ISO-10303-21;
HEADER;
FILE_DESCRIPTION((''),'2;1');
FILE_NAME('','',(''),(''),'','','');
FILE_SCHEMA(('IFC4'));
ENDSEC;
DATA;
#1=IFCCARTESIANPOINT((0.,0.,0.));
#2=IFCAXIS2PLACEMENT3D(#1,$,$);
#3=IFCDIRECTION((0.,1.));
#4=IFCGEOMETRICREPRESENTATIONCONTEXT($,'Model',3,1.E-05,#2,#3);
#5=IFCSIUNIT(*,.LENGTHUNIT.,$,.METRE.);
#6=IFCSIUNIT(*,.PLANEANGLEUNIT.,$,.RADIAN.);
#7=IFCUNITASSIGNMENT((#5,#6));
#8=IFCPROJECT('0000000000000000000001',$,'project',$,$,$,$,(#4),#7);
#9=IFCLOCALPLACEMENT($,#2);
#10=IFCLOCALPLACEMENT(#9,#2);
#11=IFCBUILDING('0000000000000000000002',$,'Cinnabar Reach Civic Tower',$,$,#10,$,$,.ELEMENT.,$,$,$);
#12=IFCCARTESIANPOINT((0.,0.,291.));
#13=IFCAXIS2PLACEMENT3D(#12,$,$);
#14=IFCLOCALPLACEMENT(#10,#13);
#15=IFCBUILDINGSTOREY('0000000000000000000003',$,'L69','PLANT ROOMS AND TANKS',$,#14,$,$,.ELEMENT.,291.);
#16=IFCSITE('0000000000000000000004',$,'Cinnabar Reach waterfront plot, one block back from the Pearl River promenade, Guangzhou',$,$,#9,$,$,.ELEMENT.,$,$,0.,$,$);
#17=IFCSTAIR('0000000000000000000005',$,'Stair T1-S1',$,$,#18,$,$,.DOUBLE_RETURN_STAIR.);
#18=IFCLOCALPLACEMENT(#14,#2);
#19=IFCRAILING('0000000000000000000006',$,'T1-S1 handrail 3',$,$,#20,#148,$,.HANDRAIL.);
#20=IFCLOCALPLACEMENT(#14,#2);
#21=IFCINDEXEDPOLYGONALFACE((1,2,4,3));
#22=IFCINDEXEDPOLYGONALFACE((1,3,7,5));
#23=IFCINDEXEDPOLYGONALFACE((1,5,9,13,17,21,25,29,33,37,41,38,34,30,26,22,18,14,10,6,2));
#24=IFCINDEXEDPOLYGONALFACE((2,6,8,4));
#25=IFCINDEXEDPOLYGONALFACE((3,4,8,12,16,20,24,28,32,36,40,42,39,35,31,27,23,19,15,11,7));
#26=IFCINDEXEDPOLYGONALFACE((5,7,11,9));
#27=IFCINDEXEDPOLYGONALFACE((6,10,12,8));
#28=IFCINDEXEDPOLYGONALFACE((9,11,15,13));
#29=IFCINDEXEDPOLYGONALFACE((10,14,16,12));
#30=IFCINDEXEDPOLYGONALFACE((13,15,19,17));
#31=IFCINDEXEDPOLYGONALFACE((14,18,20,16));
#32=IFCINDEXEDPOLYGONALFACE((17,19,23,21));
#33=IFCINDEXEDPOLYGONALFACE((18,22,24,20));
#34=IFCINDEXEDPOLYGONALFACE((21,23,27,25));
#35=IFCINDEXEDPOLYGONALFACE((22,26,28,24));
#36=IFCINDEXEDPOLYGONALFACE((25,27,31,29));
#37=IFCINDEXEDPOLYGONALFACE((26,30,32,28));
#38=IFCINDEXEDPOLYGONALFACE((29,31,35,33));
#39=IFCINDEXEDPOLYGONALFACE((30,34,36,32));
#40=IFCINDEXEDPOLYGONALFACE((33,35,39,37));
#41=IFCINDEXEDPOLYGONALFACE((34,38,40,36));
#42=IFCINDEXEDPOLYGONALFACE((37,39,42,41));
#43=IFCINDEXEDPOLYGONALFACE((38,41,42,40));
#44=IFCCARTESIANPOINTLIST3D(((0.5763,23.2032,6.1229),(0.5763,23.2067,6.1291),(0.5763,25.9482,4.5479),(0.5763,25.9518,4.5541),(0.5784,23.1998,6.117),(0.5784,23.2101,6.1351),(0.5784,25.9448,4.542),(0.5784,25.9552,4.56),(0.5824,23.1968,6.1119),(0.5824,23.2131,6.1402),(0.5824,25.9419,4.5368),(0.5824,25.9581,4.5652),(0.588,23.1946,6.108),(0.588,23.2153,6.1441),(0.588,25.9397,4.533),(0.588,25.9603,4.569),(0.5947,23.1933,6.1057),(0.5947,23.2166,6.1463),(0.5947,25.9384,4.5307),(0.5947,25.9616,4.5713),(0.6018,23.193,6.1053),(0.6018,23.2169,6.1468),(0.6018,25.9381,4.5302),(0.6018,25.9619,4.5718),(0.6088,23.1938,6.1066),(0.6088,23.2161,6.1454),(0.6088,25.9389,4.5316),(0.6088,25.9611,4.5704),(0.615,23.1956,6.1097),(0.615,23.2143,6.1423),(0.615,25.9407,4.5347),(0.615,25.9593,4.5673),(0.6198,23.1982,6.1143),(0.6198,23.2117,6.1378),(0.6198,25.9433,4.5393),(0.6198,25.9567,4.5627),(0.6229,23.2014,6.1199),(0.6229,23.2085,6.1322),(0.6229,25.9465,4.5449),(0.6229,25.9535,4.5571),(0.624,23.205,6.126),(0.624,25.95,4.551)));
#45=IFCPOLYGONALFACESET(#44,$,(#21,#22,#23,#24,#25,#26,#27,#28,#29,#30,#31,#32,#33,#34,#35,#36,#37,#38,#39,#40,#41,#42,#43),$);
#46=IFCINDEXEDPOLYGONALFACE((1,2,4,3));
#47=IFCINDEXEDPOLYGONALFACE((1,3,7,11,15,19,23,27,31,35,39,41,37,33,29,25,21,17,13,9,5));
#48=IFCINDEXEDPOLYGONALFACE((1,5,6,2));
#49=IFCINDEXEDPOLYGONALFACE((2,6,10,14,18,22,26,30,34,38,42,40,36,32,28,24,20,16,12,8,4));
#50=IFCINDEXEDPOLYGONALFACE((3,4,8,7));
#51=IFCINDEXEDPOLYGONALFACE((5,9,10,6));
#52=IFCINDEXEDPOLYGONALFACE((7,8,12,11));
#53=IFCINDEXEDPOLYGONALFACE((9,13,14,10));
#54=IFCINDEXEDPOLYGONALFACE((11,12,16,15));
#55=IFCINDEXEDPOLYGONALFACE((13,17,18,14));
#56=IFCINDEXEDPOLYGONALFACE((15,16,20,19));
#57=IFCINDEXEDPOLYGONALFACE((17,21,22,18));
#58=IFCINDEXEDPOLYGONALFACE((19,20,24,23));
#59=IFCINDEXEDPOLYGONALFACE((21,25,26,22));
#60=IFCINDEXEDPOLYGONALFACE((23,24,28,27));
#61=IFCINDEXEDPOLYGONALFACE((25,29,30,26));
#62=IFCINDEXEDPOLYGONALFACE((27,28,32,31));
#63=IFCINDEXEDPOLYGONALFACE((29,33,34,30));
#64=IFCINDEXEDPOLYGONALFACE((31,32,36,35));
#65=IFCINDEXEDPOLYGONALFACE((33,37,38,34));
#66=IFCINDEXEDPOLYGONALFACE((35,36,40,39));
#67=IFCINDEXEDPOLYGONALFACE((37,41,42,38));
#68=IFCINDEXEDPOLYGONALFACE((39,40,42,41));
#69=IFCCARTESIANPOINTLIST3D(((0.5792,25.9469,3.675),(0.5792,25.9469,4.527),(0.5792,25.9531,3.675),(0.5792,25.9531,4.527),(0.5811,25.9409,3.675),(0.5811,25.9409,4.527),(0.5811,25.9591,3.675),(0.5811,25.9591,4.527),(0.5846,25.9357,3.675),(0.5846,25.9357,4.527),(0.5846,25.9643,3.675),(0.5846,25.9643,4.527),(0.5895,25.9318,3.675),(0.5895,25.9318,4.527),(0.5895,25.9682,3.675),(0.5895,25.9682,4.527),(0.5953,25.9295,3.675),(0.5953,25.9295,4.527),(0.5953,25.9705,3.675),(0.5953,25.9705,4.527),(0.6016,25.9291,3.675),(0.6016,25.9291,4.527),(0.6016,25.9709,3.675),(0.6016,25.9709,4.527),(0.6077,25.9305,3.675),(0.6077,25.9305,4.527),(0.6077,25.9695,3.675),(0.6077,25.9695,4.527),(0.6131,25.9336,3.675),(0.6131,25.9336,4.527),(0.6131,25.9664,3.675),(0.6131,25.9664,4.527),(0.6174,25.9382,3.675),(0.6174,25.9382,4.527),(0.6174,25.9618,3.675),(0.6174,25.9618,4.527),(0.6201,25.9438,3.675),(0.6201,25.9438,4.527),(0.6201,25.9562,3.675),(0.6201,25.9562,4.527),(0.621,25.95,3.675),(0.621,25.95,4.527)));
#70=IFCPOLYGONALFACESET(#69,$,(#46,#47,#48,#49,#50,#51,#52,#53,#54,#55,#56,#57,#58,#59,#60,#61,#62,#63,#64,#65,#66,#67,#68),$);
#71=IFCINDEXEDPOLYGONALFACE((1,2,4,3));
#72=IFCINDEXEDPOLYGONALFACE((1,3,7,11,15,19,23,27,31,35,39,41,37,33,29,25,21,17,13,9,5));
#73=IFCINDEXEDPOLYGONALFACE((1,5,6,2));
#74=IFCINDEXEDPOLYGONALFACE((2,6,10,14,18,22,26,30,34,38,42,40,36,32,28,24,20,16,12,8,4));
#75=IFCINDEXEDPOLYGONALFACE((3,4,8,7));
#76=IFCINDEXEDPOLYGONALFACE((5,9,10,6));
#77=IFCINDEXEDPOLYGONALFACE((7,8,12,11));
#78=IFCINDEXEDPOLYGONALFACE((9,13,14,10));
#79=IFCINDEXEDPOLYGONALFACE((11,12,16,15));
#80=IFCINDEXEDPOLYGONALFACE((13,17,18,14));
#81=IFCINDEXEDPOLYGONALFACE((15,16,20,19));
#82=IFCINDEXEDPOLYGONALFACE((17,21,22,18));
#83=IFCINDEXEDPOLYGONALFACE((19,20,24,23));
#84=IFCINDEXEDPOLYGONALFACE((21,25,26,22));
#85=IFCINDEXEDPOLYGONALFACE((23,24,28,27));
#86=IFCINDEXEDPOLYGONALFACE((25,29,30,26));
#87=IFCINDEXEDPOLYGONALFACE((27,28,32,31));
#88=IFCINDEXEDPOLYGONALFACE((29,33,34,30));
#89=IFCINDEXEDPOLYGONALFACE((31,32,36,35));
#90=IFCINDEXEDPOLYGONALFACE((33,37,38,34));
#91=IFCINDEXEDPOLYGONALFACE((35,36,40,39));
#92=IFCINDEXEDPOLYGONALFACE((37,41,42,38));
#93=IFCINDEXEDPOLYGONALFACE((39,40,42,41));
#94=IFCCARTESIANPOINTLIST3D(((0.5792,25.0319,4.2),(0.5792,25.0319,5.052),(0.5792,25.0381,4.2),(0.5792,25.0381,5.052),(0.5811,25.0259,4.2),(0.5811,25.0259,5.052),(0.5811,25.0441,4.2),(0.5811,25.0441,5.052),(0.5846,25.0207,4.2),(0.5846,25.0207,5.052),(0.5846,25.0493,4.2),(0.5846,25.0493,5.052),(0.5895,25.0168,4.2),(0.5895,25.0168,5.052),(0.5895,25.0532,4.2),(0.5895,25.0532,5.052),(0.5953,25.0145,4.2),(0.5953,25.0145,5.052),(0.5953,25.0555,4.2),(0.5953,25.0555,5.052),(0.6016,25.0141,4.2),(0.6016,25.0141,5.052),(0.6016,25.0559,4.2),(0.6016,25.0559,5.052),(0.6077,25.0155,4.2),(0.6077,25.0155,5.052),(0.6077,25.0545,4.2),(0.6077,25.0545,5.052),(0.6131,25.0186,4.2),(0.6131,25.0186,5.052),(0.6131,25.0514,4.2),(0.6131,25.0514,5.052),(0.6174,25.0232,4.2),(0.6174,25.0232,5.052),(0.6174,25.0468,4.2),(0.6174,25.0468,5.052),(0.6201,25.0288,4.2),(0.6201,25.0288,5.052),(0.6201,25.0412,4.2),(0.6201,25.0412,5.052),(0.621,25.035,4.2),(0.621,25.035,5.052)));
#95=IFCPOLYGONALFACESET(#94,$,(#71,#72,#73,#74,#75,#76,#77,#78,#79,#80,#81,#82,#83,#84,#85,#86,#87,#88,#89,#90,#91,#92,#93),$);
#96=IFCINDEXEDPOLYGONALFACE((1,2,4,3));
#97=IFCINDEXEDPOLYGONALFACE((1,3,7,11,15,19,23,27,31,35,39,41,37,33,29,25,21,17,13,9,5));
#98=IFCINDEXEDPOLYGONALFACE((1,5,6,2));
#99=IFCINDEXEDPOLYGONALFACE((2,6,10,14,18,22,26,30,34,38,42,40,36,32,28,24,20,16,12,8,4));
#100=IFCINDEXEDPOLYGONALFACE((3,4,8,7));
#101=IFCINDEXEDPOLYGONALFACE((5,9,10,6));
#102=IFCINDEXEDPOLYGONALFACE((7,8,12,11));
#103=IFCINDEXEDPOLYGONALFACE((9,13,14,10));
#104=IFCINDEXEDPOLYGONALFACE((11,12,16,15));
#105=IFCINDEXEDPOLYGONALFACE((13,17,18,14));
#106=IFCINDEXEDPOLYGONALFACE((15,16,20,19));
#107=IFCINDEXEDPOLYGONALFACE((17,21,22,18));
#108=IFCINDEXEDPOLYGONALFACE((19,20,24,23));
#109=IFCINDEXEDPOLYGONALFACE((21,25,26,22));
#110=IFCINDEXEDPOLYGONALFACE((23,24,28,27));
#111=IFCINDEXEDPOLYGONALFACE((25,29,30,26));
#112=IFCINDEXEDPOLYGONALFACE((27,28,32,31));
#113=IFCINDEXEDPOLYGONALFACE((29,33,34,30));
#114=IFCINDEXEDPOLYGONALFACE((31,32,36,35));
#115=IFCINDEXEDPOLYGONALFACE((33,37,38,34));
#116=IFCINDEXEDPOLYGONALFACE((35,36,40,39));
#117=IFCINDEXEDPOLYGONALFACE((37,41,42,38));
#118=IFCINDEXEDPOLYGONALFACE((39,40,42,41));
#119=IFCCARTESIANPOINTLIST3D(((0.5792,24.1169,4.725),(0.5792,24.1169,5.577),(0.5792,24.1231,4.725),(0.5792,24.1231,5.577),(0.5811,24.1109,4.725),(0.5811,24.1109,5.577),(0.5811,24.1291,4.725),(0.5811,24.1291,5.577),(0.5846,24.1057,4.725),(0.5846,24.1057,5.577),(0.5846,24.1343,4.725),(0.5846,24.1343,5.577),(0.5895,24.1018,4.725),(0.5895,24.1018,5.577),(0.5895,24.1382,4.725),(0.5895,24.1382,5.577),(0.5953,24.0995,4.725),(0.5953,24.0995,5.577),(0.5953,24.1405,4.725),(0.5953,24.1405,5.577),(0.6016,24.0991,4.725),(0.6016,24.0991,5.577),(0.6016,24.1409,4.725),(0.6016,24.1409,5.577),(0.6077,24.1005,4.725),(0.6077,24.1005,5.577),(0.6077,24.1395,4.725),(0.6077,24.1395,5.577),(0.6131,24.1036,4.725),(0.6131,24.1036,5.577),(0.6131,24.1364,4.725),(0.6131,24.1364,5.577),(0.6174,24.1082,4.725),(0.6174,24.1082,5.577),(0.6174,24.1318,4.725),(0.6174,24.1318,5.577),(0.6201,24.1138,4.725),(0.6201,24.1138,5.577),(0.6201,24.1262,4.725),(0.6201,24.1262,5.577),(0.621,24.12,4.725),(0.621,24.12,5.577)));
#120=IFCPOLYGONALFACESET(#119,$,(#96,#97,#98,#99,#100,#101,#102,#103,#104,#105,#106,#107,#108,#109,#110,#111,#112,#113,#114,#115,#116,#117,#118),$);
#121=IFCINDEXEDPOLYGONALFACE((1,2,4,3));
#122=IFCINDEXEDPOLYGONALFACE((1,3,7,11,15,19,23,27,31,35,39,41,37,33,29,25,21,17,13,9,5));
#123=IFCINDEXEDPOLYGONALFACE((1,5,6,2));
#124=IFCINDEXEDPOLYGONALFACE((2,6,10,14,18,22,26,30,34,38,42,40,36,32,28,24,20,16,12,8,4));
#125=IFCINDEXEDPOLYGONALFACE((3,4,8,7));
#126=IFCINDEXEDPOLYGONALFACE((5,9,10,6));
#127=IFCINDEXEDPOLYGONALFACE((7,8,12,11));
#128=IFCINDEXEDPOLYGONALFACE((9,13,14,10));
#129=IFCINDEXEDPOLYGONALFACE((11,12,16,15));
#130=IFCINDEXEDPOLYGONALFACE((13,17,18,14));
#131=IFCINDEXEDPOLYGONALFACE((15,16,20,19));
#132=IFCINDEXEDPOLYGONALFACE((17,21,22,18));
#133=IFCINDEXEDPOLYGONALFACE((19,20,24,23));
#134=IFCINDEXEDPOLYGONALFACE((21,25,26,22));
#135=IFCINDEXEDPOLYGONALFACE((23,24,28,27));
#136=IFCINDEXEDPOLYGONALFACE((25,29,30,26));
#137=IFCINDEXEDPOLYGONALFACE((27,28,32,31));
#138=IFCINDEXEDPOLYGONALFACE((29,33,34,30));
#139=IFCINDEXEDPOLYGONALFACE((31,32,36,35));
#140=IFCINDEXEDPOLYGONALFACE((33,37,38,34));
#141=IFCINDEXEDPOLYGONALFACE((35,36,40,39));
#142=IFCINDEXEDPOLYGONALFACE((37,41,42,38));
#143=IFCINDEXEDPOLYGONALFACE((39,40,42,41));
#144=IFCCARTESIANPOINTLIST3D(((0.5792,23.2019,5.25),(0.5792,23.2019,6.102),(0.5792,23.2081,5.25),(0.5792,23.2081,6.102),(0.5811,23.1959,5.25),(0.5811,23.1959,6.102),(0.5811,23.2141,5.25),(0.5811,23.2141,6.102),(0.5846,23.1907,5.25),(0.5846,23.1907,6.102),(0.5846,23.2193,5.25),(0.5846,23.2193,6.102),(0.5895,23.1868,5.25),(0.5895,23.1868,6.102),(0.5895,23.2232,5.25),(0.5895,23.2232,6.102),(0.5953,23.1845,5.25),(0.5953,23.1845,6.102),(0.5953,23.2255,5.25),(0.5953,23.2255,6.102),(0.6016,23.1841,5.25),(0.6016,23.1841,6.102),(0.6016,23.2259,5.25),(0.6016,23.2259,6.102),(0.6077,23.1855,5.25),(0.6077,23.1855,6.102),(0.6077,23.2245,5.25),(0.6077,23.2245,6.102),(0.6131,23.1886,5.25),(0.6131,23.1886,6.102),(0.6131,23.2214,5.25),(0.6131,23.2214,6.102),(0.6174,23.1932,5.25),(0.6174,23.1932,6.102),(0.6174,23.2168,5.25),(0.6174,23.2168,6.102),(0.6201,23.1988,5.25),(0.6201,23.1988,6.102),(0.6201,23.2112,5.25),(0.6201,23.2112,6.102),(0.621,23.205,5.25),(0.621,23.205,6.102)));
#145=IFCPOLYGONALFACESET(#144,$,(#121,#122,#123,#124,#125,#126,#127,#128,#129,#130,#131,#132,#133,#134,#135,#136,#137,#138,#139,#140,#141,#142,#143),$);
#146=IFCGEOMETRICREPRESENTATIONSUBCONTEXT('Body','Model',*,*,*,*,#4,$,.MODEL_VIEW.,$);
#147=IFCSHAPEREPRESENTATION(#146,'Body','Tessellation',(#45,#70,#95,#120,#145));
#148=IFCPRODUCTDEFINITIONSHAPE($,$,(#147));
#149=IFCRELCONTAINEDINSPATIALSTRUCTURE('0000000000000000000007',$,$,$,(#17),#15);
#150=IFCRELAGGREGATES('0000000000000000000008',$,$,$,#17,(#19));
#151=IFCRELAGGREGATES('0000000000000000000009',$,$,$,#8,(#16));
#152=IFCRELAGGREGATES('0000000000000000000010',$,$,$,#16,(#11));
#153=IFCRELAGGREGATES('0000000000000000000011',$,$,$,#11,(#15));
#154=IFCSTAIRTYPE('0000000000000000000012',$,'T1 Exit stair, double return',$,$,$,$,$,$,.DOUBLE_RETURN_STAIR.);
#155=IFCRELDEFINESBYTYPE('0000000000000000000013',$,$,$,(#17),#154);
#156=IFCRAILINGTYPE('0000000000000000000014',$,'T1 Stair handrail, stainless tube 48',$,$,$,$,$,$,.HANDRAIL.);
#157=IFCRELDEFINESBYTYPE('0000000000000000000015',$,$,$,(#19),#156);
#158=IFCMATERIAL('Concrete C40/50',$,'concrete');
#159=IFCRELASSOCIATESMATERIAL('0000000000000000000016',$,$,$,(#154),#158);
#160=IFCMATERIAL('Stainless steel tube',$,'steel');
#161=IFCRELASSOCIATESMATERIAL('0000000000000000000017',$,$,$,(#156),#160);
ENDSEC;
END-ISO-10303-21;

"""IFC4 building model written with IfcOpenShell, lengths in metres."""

from ifc_helpers import new_model, si_unit, direction, frame, origin, origin_2d, place, context, subcontext, project, spatial, circle, extrude, material, type_object, element, aggregate, save


model = new_model("IFC4")

# Units and contexts
model_context = context("Model", 3, precision=1e-05, world=origin(), true_north=direction((0.0, 1.0)))
body_context = subcontext(model_context, "Body", "Model", "MODEL_VIEW")
ifc_project = project(units=[si_unit("LENGTHUNIT", "METRE"), si_unit("PLANEANGLEUNIT", "RADIAN")], contexts=[model_context])

# Site, building, storey
site_placement = place(None, origin())
site = spatial("IfcSite", under=ifc_project, at=site_placement, Name="Cinnabar Reach waterfront plot, one block back from the Pearl River promenade, Guangzhou", CompositionType="ELEMENT", RefElevation=0.0)
building_placement = place(site_placement, origin())
building = spatial("IfcBuilding", under=site, at=building_placement, Name="Cinnabar Reach Civic Tower", CompositionType="ELEMENT")
storey_placement = place(building_placement, frame((0.0, 0.0, 291.0)))
storey = spatial("IfcBuildingStorey", under=building, at=storey_placement, Name="L69", Description="PLANT ROOMS AND TANKS", CompositionType="ELEMENT", Elevation=291.0)

# Shared definitions
ifc_material_1 = material(Name="Concrete C40/50", Category="concrete")

# Stair, railing
stair_type = type_object("IfcStairType", Name="T1 Exit stair, double return", PredefinedType="DOUBLE_RETURN_STAIR", material=ifc_material_1)
stair_placement = place(storey_placement, origin())
stair = element("IfcStair", 1, at=stair_placement, inside=storey, type_object=stair_type, Name="Stair T1-S1", PredefinedType="DOUBLE_RETURN_STAIR")
ifc_material_2 = material(Name="Stainless steel tube", Category="steel")
railing_type = type_object("IfcRailingType", Name="T1 Stair handrail, stainless tube 48", PredefinedType="HANDRAIL", material=ifc_material_2)
railing_1_placement = place(storey_placement, frame((0.6, 25.95, 3.675)))
railing_1 = element("IfcRailing", 2, at=railing_1_placement, type_object=railing_type, Name="T1-S1 handrail 3", PredefinedType="HANDRAIL", context=body_context, shape_type="SweptSolid", body=[
    extrude(circle(Radius=0.024, at=origin_2d()), frame((0.0, 0.0, 0.876), z_axis=(0.0, -0.867367, 0.497669), x_axis=(1.0, 0.0, 0.0)), (0.0, 0.0, 1.0), 3.1648),
    extrude(circle(Radius=0.021, at=origin_2d()), origin(), (0.0, 0.0, 1.0), 0.852),
    extrude(circle(Radius=0.021, at=origin_2d()), frame((0.0, -0.915, 0.525)), (0.0, 0.0, 1.0), 0.852),
    extrude(circle(Radius=0.021, at=origin_2d()), frame((0.0, -1.83, 1.05)), (0.0, 0.0, 1.0), 0.852),
    extrude(circle(Radius=0.021, at=origin_2d()), frame((0.0, -2.745, 1.575)), (0.0, 0.0, 1.0), 0.852),
])
aggregate(stair, [railing_1])

save(model, "model.ifc")
